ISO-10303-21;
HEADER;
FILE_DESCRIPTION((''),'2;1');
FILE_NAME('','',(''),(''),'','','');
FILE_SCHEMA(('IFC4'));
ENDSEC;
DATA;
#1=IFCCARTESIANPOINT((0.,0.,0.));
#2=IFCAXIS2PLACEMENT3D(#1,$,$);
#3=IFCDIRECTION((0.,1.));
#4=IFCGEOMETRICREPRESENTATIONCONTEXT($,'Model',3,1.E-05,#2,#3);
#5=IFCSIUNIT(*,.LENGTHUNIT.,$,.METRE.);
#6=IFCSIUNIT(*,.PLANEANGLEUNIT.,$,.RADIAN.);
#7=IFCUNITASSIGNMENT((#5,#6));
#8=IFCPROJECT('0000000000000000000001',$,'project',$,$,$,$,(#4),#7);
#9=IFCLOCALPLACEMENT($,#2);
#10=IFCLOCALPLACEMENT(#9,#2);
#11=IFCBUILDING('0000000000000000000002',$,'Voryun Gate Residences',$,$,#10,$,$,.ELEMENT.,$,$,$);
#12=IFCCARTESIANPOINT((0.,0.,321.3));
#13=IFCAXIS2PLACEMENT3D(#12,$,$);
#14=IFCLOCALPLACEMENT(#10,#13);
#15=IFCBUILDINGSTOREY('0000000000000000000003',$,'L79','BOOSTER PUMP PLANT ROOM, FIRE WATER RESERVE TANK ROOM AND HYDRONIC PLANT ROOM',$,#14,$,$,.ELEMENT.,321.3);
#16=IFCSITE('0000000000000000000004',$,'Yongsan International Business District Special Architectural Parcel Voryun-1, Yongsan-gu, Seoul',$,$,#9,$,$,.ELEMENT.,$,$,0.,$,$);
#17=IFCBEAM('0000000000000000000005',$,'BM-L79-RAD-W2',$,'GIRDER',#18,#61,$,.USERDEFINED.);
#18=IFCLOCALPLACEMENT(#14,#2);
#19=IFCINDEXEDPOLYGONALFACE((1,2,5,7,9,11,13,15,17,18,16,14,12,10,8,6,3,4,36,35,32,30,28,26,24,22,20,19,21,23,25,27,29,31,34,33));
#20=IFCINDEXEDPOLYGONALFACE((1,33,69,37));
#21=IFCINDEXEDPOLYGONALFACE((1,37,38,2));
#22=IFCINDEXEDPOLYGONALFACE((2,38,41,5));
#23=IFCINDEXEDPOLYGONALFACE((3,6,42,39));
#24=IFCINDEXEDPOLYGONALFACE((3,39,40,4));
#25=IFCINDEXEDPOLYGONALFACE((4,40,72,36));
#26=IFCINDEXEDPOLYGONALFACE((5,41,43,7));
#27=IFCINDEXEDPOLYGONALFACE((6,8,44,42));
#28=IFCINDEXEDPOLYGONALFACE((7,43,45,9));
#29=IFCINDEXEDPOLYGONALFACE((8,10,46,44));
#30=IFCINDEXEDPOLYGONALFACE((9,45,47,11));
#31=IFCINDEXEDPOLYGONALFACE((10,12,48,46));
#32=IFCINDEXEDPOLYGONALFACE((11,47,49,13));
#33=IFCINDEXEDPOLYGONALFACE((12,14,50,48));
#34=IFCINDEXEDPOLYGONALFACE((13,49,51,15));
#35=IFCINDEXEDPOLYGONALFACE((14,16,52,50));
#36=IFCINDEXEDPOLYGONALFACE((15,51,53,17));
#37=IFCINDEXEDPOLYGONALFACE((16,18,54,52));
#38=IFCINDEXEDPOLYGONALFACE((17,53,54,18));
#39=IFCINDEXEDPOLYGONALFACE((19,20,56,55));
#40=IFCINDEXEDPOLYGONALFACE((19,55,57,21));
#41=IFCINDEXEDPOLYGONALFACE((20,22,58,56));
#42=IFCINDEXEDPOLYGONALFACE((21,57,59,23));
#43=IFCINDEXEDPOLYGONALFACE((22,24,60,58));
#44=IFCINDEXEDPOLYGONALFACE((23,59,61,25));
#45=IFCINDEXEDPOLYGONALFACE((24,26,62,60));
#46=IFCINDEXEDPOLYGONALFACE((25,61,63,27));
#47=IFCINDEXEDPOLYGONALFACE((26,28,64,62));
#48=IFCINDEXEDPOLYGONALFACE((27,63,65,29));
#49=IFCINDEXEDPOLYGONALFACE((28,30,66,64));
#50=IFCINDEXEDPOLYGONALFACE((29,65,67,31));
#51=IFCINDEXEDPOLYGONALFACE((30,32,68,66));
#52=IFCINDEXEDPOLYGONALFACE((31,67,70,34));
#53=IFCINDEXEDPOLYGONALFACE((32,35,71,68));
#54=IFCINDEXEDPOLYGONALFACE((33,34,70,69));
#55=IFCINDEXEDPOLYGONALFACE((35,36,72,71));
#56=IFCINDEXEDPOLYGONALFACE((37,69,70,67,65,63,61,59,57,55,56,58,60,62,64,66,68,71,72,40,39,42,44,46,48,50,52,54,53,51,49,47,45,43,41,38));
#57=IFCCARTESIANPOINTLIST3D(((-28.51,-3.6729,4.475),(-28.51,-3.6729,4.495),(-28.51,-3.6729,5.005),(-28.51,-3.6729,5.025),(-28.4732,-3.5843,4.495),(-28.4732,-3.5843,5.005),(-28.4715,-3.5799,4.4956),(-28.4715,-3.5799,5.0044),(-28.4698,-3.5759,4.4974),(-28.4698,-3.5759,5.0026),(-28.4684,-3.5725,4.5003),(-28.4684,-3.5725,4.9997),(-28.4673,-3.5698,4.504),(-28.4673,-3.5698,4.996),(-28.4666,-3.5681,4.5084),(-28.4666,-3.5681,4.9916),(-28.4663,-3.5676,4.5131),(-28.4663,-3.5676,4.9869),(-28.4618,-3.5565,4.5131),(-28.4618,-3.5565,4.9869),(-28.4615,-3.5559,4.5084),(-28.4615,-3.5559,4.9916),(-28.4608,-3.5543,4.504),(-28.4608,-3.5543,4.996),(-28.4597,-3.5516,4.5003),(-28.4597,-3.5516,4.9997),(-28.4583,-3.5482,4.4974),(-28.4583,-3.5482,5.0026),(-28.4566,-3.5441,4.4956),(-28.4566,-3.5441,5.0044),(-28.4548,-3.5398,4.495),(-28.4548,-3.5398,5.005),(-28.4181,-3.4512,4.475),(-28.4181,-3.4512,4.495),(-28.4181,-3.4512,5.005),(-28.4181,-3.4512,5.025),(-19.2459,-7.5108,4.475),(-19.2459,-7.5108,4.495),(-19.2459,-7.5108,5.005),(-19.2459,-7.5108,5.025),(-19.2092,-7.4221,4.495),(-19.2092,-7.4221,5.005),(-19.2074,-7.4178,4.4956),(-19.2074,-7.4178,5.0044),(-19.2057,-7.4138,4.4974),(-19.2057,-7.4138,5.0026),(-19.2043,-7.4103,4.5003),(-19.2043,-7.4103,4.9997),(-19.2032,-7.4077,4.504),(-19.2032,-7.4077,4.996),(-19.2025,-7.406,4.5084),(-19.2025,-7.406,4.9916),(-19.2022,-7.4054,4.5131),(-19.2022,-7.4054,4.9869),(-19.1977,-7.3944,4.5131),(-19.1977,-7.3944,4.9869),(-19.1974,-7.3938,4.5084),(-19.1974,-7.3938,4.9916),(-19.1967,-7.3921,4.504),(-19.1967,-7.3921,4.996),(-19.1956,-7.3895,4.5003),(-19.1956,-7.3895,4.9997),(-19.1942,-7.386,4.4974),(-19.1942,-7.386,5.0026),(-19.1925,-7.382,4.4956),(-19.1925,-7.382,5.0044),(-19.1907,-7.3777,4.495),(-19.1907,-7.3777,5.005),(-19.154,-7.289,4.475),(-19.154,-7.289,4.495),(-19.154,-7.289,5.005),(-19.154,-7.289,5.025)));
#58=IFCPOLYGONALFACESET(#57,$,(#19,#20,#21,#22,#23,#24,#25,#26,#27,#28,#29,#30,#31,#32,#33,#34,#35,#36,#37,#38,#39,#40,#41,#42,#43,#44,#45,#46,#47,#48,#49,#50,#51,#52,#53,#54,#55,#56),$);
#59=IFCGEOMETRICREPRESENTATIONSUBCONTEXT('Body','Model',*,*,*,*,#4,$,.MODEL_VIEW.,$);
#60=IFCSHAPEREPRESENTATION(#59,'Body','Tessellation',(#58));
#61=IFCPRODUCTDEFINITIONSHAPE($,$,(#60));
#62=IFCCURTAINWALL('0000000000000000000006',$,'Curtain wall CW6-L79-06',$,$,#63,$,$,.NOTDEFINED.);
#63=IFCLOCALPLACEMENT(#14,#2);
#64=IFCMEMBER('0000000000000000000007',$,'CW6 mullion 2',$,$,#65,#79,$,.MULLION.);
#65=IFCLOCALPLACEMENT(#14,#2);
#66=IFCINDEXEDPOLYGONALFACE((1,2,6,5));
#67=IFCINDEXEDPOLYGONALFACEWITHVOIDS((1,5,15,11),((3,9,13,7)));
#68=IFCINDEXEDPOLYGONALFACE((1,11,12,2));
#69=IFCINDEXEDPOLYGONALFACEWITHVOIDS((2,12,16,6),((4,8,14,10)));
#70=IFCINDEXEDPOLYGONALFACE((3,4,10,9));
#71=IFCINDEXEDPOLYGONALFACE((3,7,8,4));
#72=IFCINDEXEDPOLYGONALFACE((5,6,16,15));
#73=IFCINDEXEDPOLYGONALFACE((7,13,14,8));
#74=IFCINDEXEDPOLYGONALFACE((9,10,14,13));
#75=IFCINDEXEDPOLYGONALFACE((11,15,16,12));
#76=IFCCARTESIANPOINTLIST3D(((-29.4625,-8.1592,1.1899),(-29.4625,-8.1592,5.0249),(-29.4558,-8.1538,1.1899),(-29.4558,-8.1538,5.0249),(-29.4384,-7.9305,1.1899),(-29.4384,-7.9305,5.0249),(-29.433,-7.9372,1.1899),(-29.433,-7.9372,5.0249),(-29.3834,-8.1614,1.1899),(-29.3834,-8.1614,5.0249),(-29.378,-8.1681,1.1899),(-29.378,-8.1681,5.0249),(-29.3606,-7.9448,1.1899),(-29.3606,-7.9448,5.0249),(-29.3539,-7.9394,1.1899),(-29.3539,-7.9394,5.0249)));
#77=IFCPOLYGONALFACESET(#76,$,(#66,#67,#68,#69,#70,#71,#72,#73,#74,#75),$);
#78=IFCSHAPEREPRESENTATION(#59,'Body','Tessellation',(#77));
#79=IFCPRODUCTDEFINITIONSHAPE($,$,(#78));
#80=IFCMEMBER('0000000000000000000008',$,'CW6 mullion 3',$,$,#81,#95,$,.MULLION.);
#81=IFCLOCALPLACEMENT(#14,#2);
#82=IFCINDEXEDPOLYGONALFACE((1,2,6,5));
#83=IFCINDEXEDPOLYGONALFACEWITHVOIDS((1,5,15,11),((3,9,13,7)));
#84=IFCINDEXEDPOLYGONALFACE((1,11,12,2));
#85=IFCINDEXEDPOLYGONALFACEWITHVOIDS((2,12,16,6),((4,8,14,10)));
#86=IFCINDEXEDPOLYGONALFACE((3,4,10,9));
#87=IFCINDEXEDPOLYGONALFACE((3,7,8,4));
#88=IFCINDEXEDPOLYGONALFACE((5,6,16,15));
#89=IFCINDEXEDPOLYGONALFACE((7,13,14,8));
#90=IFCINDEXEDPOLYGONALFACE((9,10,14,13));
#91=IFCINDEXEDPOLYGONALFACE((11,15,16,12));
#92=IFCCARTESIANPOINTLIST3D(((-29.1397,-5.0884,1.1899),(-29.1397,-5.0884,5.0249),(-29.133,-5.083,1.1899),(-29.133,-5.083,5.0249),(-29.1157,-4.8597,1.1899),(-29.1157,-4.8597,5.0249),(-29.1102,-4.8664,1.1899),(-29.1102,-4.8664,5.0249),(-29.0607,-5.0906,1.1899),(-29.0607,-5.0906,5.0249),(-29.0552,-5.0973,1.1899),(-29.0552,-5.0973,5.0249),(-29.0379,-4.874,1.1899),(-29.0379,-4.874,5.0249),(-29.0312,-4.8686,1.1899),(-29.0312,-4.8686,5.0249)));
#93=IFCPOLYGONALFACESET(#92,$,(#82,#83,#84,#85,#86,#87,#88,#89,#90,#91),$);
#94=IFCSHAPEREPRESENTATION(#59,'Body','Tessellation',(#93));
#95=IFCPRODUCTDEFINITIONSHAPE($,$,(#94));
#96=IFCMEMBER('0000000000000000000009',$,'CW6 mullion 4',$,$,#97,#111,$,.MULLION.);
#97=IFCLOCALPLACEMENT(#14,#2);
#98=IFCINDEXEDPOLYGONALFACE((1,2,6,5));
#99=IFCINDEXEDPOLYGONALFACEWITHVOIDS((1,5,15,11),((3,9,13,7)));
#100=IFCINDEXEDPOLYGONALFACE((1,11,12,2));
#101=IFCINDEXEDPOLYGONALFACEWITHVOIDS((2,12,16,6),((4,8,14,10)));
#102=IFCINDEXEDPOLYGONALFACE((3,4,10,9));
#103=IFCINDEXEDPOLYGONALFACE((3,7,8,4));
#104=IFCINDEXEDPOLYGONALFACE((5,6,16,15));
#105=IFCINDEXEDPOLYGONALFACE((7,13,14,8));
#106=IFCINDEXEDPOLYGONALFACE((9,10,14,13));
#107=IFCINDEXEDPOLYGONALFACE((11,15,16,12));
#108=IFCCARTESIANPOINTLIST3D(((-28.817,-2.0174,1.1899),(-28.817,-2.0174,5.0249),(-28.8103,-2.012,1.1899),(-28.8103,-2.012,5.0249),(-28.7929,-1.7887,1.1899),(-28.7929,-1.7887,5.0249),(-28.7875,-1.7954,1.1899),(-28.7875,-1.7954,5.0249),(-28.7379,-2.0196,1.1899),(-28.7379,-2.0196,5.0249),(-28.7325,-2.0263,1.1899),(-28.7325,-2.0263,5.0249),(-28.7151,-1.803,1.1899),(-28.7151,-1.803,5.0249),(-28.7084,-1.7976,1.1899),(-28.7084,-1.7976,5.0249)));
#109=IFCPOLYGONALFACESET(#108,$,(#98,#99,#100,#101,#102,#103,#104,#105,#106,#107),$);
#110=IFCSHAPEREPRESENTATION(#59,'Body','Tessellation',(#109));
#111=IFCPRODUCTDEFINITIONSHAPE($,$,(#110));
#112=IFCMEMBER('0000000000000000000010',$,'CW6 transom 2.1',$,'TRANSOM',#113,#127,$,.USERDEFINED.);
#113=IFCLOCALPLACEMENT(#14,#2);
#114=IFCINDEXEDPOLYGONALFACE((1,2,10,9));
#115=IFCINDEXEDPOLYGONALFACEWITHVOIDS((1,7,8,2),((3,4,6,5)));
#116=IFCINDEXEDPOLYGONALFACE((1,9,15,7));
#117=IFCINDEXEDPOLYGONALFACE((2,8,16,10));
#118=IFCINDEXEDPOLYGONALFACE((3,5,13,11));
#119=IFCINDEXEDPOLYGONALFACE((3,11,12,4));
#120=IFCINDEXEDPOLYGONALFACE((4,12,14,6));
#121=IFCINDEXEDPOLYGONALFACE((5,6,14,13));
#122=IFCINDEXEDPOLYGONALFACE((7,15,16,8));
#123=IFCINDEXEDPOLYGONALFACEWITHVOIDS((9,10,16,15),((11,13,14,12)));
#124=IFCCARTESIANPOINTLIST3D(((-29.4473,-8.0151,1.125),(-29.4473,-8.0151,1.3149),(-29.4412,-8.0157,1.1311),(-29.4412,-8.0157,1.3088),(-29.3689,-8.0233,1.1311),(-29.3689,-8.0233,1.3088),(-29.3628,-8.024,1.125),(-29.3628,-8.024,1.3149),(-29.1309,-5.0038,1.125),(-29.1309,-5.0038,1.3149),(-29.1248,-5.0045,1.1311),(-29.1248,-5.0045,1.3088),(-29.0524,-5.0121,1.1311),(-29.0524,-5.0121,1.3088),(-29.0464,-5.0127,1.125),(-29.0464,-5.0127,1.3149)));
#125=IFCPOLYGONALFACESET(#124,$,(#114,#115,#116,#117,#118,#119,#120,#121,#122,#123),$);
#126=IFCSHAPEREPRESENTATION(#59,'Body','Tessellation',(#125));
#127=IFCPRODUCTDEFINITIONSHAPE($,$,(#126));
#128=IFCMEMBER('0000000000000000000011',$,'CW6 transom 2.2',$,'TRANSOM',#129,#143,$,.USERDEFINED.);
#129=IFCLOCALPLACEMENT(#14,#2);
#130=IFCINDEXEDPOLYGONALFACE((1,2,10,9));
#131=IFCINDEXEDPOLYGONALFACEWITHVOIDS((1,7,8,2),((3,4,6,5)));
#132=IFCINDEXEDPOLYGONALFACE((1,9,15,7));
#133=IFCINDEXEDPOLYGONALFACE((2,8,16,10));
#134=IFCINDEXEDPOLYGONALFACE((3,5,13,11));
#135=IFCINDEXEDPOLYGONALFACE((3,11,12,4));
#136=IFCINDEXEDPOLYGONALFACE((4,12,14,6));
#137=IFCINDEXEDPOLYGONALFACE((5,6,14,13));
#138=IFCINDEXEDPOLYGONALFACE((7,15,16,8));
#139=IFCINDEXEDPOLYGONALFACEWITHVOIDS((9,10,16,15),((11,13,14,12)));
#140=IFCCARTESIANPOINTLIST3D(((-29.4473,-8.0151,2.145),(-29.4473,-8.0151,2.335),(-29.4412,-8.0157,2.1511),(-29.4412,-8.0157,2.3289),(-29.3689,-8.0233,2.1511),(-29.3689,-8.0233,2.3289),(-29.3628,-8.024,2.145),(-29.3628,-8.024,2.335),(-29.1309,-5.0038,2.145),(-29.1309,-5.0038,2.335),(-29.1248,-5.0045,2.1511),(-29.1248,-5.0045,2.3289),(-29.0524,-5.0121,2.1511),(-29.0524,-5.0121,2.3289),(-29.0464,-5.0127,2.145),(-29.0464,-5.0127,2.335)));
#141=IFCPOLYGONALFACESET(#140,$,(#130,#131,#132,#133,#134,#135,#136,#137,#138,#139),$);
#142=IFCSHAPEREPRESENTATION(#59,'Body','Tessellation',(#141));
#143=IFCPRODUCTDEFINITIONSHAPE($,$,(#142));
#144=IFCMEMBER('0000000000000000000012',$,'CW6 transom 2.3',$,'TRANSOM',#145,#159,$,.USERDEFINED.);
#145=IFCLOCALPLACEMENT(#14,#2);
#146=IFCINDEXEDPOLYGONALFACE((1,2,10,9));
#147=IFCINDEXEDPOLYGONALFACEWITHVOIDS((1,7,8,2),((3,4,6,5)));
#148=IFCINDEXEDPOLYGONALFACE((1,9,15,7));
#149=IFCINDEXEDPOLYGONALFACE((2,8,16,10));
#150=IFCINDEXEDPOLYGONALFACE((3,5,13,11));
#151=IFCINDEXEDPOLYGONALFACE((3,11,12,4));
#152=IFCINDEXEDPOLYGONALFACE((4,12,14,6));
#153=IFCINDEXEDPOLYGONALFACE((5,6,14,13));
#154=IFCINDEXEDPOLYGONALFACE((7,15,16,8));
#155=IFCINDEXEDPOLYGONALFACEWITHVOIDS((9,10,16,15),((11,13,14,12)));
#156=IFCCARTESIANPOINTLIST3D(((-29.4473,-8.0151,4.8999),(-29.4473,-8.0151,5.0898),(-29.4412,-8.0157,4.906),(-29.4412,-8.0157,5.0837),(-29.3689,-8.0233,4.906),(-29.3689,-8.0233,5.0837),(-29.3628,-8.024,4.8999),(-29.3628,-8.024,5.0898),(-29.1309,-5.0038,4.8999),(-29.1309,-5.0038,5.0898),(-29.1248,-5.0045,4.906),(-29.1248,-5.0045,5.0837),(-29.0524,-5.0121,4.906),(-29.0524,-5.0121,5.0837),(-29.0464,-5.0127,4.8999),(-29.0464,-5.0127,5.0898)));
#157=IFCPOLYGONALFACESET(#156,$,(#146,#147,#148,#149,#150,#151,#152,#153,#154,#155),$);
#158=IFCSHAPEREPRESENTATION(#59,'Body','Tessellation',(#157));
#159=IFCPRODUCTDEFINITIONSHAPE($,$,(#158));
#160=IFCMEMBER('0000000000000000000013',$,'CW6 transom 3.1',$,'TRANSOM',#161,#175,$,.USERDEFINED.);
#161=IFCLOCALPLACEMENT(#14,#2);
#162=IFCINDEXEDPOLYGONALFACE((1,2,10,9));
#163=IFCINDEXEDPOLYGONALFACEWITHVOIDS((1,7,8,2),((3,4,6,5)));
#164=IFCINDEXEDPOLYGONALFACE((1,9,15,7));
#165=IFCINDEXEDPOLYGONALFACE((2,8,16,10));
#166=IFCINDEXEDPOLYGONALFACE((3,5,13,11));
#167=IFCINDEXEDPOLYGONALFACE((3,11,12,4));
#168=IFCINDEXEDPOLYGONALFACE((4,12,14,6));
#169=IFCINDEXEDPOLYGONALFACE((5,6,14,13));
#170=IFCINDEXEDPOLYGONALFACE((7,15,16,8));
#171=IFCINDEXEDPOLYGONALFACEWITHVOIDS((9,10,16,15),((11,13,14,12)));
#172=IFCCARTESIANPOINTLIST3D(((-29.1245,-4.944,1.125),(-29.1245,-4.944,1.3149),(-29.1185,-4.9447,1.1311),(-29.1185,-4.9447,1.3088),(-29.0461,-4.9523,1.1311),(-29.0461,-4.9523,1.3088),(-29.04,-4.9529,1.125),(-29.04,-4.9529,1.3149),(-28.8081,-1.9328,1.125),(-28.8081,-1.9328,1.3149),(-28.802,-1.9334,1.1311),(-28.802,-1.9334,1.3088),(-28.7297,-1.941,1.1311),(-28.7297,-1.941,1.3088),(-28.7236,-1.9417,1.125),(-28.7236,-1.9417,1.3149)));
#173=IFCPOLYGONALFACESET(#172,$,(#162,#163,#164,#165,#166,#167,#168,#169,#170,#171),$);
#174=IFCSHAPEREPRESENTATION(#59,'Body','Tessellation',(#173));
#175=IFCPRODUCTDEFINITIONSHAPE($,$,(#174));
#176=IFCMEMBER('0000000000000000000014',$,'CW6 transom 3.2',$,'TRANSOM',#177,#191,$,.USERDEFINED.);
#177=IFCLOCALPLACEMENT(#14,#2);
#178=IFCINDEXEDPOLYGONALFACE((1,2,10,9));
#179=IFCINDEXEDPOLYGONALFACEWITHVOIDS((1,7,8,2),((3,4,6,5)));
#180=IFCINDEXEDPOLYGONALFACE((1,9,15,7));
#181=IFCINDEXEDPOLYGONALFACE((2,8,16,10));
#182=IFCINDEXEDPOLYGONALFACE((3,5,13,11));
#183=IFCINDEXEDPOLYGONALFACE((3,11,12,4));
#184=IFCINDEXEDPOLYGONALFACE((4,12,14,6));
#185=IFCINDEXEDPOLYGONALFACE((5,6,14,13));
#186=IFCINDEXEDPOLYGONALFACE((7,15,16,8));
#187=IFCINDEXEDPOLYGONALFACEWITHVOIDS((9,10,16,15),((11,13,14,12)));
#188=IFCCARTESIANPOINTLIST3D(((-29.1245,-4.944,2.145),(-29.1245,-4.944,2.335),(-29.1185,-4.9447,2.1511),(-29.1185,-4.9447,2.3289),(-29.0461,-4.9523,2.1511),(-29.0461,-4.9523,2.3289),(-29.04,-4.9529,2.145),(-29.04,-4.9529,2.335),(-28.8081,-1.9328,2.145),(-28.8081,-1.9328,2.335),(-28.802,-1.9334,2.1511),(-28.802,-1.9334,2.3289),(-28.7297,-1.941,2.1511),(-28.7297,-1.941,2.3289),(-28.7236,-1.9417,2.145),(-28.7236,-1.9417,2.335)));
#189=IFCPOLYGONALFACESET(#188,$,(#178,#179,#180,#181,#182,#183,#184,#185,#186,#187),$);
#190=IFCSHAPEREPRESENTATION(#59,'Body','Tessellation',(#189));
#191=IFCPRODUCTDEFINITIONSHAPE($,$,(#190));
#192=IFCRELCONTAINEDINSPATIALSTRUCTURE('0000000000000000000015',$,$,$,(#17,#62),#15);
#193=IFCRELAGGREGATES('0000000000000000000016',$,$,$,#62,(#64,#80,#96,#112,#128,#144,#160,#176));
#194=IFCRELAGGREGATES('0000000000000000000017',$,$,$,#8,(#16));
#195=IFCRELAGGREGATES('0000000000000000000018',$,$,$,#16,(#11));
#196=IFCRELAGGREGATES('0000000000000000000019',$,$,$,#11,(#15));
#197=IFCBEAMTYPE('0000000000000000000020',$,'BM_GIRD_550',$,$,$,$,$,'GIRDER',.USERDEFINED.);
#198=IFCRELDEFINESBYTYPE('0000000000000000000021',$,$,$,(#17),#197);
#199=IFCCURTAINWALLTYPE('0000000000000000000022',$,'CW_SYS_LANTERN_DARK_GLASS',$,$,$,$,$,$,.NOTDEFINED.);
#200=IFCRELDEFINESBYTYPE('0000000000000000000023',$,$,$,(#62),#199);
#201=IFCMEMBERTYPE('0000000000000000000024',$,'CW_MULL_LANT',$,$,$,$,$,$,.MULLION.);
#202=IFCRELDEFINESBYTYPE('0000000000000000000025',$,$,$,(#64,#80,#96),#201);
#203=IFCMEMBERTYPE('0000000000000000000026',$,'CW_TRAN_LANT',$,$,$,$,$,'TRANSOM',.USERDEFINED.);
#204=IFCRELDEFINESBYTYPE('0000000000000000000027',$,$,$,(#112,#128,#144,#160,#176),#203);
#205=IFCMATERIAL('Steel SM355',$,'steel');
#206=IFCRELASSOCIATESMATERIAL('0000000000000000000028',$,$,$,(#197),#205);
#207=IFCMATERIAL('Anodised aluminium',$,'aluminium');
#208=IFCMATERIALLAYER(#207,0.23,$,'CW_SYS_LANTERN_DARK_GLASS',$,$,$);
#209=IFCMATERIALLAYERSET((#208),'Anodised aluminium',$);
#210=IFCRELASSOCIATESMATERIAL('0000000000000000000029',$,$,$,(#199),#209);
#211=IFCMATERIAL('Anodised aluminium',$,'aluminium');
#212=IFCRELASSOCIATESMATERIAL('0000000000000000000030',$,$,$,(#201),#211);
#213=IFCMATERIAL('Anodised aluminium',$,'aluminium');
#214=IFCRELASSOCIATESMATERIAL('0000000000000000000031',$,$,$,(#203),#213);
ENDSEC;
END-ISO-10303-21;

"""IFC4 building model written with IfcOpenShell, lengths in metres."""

from ifc_helpers import new_model, si_unit, direction, frame, origin, origin_2d, place, context, subcontext, project, spatial, hollow_rectangle, i_section, extrude, material, layer, layer_set, material_profile, profile_set, type_object, element, aggregate, save


model = new_model("IFC4")

# Units and contexts
model_context = context("Model", 3, precision=1e-05, world=origin(), true_north=direction((0.0, 1.0)))
body_context = subcontext(model_context, "Body", "Model", "MODEL_VIEW")
ifc_project = project(units=[si_unit("LENGTHUNIT", "METRE"), si_unit("PLANEANGLEUNIT", "RADIAN")], contexts=[model_context])

# Site, building, storey
site_placement = place(None, origin())
site = spatial("IfcSite", under=ifc_project, at=site_placement, Name="Yongsan International Business District Special Architectural Parcel Voryun-1, Yongsan-gu, Seoul", CompositionType="ELEMENT", RefElevation=0.0)
building_placement = place(site_placement, origin())
building = spatial("IfcBuilding", under=site, at=building_placement, Name="Voryun Gate Residences", CompositionType="ELEMENT")
storey_placement = place(building_placement, frame((0.0, 0.0, 321.3)))
storey = spatial("IfcBuildingStorey", under=building, at=storey_placement, Name="L79", Description="BOOSTER PUMP PLANT ROOM, FIRE WATER RESERVE TANK ROOM AND HYDRONIC PLANT ROOM", CompositionType="ELEMENT", Elevation=321.3)

# Beam
ifc_material_1 = material(Name="Steel SM355", Category="steel")
ifc_material_profile_1 = material_profile(ifc_material_1, i_section(OverallWidth=0.24, OverallDepth=0.55, WebThickness=0.012, FlangeThickness=0.02, FilletRadius=0.0181, at=origin_2d()), Name="H-550x240x12x20")
ifc_profile_set_1 = profile_set([ifc_material_profile_1], Name="Steel SM355")
beam_type_1 = type_object("IfcBeamType", Name="BM_GIRD_550", ElementType="GIRDER", PredefinedType="USERDEFINED", material=ifc_profile_set_1)
beam_1_placement = place(storey_placement, frame((-19.2, -7.3999, 4.75), z_axis=(-0.92386, 0.38273, 0.0), x_axis=(-0.38273, -0.92386, 0.0)))
element("IfcBeam", 1, at=beam_1_placement, inside=storey, type_object=beam_type_1, Name="BM-L79-RAD-W2", ObjectType="GIRDER", PredefinedType="USERDEFINED", context=body_context, shape_type="SweptSolid", body=[
    extrude(i_section(OverallWidth=0.24, OverallDepth=0.55, WebThickness=0.012, FlangeThickness=0.02, FilletRadius=0.0181, at=origin_2d()), origin(), (0.0, 0.0, 1.0), 10.0276),
])

# Curtain wall, members
ifc_material_2 = material(Name="Anodised aluminium", Category="aluminium")
ifc_layer_1 = layer(ifc_material_2, 0.23, Name="CW_SYS_LANTERN_DARK_GLASS")
ifc_layer_set_1 = layer_set([ifc_layer_1], Name="Anodised aluminium")
curtain_wall_type = type_object("IfcCurtainWallType", Name="CW_SYS_LANTERN_DARK_GLASS", PredefinedType="NOTDEFINED", material=ifc_layer_set_1)
curtain_wall_placement = place(storey_placement, origin())
curtain_wall = element("IfcCurtainWall", 2, at=curtain_wall_placement, inside=storey, type_object=curtain_wall_type, Name="Curtain wall CW6-L79-06", PredefinedType="NOTDEFINED")
ifc_material_3 = material(Name="Anodised aluminium", Category="aluminium")
ifc_material_profile_2 = material_profile(ifc_material_3, hollow_rectangle(XDim=0.085, YDim=0.23, WallThickness=0.0061, at=origin_2d()), Name="ALU-MULL-230x85x6")
ifc_profile_set_2 = profile_set([ifc_material_profile_2], Name="Anodised aluminium")
member_type_1 = type_object("IfcMemberType", Name="CW_MULL_LANT", PredefinedType="MULLION", material=ifc_profile_set_2)
member_1_placement = place(storey_placement, frame((-29.4082, -8.0493, 1.1899), z_axis=(0.0, 0.0, 1.0), x_axis=(-0.994522, 0.104528, 0.0)))
member_1 = element("IfcMember", 3, at=member_1_placement, type_object=member_type_1, Name="CW6 mullion 2", PredefinedType="MULLION", context=body_context, shape_type="SweptSolid", body=[
    extrude(hollow_rectangle(XDim=0.085, YDim=0.23, WallThickness=0.0061, at=origin_2d()), origin(), (0.0, 0.0, 1.0), 3.835),
])
member_2_placement = place(storey_placement, frame((-29.0854, -4.9785, 1.1899), z_axis=(0.0, 0.0, 1.0), x_axis=(-0.994522, 0.104528, 0.0)))
member_2 = element("IfcMember", 4, at=member_2_placement, type_object=member_type_1, Name="CW6 mullion 3", PredefinedType="MULLION", context=body_context, shape_type="SweptSolid", body=[
    extrude(hollow_rectangle(XDim=0.085, YDim=0.23, WallThickness=0.0061, at=origin_2d()), origin(), (0.0, 0.0, 1.0), 3.835),
])
member_3_placement = place(storey_placement, frame((-28.7627, -1.9075, 1.1899), z_axis=(0.0, 0.0, 1.0), x_axis=(-0.994522, 0.104528, 0.0)))
member_3 = element("IfcMember", 5, at=member_3_placement, type_object=member_type_1, Name="CW6 mullion 4", PredefinedType="MULLION", context=body_context, shape_type="SweptSolid", body=[
    extrude(hollow_rectangle(XDim=0.085, YDim=0.23, WallThickness=0.0061, at=origin_2d()), origin(), (0.0, 0.0, 1.0), 3.835),
])
ifc_material_4 = material(Name="Anodised aluminium", Category="aluminium")
ifc_material_profile_3 = material_profile(ifc_material_4, hollow_rectangle(XDim=0.085, YDim=0.1899, WallThickness=0.0061, at=origin_2d()), Name="ALU-TRAN-190x85x6")
ifc_profile_set_3 = profile_set([ifc_material_profile_3], Name="Anodised aluminium")
member_type_2 = type_object("IfcMemberType", Name="CW_TRAN_LANT", ElementType="TRANSOM", PredefinedType="USERDEFINED", material=ifc_profile_set_3)
member_4_placement = place(storey_placement, frame((-29.405, -8.0195, 1.22), z_axis=(0.1045, 0.994525, 0.0), x_axis=(-0.994525, 0.1045, 0.0)))
member_4 = element("IfcMember", 6, at=member_4_placement, type_object=member_type_2, Name="CW6 transom 2.1", ObjectType="TRANSOM", PredefinedType="USERDEFINED", context=body_context, shape_type="SweptSolid", body=[
    extrude(hollow_rectangle(XDim=0.085, YDim=0.1899, WallThickness=0.0061, at=origin_2d()), origin(), (0.0, 0.0, 1.0), 3.0278),
])
member_5_placement = place(storey_placement, frame((-29.405, -8.0195, 2.24), z_axis=(0.1045, 0.994525, 0.0), x_axis=(-0.994525, 0.1045, 0.0)))
member_5 = element("IfcMember", 7, at=member_5_placement, type_object=member_type_2, Name="CW6 transom 2.2", ObjectType="TRANSOM", PredefinedType="USERDEFINED", context=body_context, shape_type="SweptSolid", body=[
    extrude(hollow_rectangle(XDim=0.085, YDim=0.1899, WallThickness=0.0061, at=origin_2d()), origin(), (0.0, 0.0, 1.0), 3.0278),
])
member_6_placement = place(storey_placement, frame((-29.405, -8.0195, 4.9949), z_axis=(0.1045, 0.994525, 0.0), x_axis=(-0.994525, 0.1045, 0.0)))
member_6 = element("IfcMember", 8, at=member_6_placement, type_object=member_type_2, Name="CW6 transom 2.3", ObjectType="TRANSOM", PredefinedType="USERDEFINED", context=body_context, shape_type="SweptSolid", body=[
    extrude(hollow_rectangle(XDim=0.085, YDim=0.1899, WallThickness=0.0061, at=origin_2d()), origin(), (0.0, 0.0, 1.0), 3.0278),
])
member_7_placement = place(storey_placement, frame((-29.0823, -4.9485, 1.22), z_axis=(0.1045, 0.994525, 0.0), x_axis=(-0.994525, 0.1045, 0.0)))
member_7 = element("IfcMember", 9, at=member_7_placement, type_object=member_type_2, Name="CW6 transom 3.1", ObjectType="TRANSOM", PredefinedType="USERDEFINED", context=body_context, shape_type="SweptSolid", body=[
    extrude(hollow_rectangle(XDim=0.085, YDim=0.1899, WallThickness=0.0061, at=origin_2d()), origin(), (0.0, 0.0, 1.0), 3.0278),
])
member_8_placement = place(storey_placement, frame((-29.0823, -4.9485, 2.24), z_axis=(0.1045, 0.994525, 0.0), x_axis=(-0.994525, 0.1045, 0.0)))
member_8 = element("IfcMember", 10, at=member_8_placement, type_object=member_type_2, Name="CW6 transom 3.2", ObjectType="TRANSOM", PredefinedType="USERDEFINED", context=body_context, shape_type="SweptSolid", body=[
    extrude(hollow_rectangle(XDim=0.085, YDim=0.1899, WallThickness=0.0061, at=origin_2d()), origin(), (0.0, 0.0, 1.0), 3.0278),
])

aggregate(curtain_wall, [member_1, member_2, member_3, member_4, member_5, member_6, member_7, member_8])

save(model, "model.ifc")
